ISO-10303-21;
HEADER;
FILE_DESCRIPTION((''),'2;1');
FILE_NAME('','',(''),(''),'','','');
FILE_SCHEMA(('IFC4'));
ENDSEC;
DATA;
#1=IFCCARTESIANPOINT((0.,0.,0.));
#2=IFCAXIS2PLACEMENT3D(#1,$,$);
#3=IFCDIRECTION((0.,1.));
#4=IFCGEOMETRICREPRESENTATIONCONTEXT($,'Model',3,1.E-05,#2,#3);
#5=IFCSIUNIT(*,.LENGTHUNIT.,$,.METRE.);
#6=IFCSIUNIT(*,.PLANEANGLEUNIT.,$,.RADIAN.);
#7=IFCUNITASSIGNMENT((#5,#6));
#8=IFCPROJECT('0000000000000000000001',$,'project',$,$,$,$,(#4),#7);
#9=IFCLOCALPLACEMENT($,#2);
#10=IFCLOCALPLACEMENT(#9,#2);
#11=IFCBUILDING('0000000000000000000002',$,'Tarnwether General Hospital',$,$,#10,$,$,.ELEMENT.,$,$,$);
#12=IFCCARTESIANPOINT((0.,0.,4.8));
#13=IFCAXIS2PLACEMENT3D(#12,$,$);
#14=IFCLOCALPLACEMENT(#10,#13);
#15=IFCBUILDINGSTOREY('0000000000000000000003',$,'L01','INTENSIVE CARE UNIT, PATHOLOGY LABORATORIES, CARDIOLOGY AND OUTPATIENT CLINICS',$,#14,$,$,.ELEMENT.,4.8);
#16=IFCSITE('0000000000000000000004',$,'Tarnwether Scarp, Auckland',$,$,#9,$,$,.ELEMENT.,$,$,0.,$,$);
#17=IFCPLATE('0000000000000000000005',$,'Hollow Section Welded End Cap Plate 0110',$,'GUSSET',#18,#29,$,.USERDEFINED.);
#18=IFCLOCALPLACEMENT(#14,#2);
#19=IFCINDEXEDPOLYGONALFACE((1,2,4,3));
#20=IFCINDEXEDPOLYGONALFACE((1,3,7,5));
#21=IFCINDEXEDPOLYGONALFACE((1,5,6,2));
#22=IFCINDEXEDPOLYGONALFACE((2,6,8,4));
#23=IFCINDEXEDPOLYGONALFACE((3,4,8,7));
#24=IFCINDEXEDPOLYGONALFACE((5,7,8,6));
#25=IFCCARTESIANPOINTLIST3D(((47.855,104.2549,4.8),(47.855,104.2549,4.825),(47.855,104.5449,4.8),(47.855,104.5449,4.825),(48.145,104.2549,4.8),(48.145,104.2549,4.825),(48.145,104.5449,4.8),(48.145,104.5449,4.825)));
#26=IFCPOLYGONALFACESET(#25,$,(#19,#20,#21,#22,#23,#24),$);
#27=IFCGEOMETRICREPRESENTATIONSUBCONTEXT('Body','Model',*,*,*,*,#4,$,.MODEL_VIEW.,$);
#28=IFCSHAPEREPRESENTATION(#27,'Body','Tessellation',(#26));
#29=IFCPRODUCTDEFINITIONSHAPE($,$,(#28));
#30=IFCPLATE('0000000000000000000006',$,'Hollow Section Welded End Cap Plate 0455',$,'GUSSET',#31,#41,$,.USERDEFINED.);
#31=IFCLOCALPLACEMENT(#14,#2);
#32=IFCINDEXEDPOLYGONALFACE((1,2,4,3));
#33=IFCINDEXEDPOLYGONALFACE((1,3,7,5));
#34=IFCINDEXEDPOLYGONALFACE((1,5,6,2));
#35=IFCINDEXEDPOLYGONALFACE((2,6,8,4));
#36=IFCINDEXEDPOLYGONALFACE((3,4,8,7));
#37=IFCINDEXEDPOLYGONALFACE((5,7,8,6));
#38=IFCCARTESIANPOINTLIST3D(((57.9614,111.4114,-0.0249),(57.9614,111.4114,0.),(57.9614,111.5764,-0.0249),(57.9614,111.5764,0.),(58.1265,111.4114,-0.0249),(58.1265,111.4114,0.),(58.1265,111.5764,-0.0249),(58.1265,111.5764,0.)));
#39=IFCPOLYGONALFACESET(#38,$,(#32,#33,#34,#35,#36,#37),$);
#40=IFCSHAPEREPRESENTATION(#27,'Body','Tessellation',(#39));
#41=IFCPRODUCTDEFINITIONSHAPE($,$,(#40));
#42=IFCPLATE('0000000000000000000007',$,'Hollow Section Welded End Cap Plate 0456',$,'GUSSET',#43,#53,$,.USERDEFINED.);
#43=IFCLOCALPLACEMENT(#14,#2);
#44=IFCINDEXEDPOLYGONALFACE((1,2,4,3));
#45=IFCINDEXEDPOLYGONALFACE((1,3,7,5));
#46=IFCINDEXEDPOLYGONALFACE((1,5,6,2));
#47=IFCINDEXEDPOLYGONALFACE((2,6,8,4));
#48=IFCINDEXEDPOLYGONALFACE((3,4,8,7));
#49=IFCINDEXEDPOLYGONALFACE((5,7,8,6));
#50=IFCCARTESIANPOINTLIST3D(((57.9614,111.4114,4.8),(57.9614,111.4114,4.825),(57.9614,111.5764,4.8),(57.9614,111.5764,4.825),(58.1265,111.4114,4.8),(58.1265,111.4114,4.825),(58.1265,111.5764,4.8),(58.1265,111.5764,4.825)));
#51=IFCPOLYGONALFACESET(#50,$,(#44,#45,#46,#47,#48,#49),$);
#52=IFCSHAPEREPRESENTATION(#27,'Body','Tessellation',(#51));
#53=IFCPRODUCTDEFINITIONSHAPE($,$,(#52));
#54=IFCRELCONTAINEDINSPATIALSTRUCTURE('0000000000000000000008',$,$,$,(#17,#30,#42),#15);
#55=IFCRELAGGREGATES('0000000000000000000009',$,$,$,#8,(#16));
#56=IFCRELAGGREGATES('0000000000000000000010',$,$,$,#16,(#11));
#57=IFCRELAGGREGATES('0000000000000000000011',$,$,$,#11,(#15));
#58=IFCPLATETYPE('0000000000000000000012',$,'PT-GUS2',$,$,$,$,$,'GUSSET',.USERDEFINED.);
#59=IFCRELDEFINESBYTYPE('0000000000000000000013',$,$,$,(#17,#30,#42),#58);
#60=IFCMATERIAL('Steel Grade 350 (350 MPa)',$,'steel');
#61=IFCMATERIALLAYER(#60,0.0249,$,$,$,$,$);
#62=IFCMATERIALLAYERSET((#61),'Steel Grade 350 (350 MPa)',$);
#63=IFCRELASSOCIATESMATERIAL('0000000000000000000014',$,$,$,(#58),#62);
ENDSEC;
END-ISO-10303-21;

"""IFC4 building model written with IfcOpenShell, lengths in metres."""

from ifc_helpers import new_model, si_unit, direction, frame, origin, origin_2d, place, context, subcontext, project, spatial, rectangle, extrude, material, layer, layer_set, type_object, element, save


model = new_model("IFC4")

# Units and contexts
model_context = context("Model", 3, precision=1e-05, world=origin(), true_north=direction((0.0, 1.0)))
body_context = subcontext(model_context, "Body", "Model", "MODEL_VIEW")
ifc_project = project(units=[si_unit("LENGTHUNIT", "METRE"), si_unit("PLANEANGLEUNIT", "RADIAN")], contexts=[model_context])

# Site, building, storey
site_placement = place(None, origin())
site = spatial("IfcSite", under=ifc_project, at=site_placement, Name="Tarnwether Scarp, Auckland", CompositionType="ELEMENT", RefElevation=0.0)
building_placement = place(site_placement, origin())
building = spatial("IfcBuilding", under=site, at=building_placement, Name="Tarnwether General Hospital", CompositionType="ELEMENT")
storey_placement = place(building_placement, frame((0.0, 0.0, 4.8)))
storey = spatial("IfcBuildingStorey", under=building, at=storey_placement, Name="L01", Description="INTENSIVE CARE UNIT, PATHOLOGY LABORATORIES, CARDIOLOGY AND OUTPATIENT CLINICS", CompositionType="ELEMENT", Elevation=4.8)

# Plates
ifc_material_1 = material(Name="Steel Grade 350 (350 MPa)", Category="steel")
ifc_layer = layer(ifc_material_1, 0.0249)
ifc_layer_set = layer_set([ifc_layer], Name="Steel Grade 350 (350 MPa)")
plate_type = type_object("IfcPlateType", Name="PT-GUS2", ElementType="GUSSET", PredefinedType="USERDEFINED", material=ifc_layer_set)
for number, where, z_axis, x_axis, name in (
    (1, (48.0, 104.3999, 4.8), (0.0, 0.0, 1.0), (1.0, 0.0, 0.0), "Hollow Section Welded End Cap Plate 0110"),
):
    element("IfcPlate", number, at=place(storey_placement, frame(where, z_axis=z_axis, x_axis=x_axis)), inside=storey, type_object=plate_type, Name=name, ObjectType="GUSSET", PredefinedType="USERDEFINED", context=body_context, shape_type="SweptSolid", body=[
        extrude(rectangle(XDim=0.29, YDim=0.29, at=origin_2d()), origin(), (0.0, 0.0, 1.0), 0.0249),
    ])
for number, where, z_axis, x_axis, name in (
    (2, (58.0439, 111.4939, -0.0249), (0.0, 0.0, 1.0), (1.0, 0.0, 0.0), "Hollow Section Welded End Cap Plate 0455"),
    (3, (58.0439, 111.4939, 4.8), (0.0, 0.0, 1.0), (1.0, 0.0, 0.0), "Hollow Section Welded End Cap Plate 0456"),
):
    element("IfcPlate", number, at=place(storey_placement, frame(where, z_axis=z_axis, x_axis=x_axis)), inside=storey, type_object=plate_type, Name=name, ObjectType="GUSSET", PredefinedType="USERDEFINED", context=body_context, shape_type="SweptSolid", body=[
        extrude(rectangle(XDim=0.165, YDim=0.165, at=origin_2d()), origin(), (0.0, 0.0, 1.0), 0.0249),
    ])

save(model, "model.ifc")
